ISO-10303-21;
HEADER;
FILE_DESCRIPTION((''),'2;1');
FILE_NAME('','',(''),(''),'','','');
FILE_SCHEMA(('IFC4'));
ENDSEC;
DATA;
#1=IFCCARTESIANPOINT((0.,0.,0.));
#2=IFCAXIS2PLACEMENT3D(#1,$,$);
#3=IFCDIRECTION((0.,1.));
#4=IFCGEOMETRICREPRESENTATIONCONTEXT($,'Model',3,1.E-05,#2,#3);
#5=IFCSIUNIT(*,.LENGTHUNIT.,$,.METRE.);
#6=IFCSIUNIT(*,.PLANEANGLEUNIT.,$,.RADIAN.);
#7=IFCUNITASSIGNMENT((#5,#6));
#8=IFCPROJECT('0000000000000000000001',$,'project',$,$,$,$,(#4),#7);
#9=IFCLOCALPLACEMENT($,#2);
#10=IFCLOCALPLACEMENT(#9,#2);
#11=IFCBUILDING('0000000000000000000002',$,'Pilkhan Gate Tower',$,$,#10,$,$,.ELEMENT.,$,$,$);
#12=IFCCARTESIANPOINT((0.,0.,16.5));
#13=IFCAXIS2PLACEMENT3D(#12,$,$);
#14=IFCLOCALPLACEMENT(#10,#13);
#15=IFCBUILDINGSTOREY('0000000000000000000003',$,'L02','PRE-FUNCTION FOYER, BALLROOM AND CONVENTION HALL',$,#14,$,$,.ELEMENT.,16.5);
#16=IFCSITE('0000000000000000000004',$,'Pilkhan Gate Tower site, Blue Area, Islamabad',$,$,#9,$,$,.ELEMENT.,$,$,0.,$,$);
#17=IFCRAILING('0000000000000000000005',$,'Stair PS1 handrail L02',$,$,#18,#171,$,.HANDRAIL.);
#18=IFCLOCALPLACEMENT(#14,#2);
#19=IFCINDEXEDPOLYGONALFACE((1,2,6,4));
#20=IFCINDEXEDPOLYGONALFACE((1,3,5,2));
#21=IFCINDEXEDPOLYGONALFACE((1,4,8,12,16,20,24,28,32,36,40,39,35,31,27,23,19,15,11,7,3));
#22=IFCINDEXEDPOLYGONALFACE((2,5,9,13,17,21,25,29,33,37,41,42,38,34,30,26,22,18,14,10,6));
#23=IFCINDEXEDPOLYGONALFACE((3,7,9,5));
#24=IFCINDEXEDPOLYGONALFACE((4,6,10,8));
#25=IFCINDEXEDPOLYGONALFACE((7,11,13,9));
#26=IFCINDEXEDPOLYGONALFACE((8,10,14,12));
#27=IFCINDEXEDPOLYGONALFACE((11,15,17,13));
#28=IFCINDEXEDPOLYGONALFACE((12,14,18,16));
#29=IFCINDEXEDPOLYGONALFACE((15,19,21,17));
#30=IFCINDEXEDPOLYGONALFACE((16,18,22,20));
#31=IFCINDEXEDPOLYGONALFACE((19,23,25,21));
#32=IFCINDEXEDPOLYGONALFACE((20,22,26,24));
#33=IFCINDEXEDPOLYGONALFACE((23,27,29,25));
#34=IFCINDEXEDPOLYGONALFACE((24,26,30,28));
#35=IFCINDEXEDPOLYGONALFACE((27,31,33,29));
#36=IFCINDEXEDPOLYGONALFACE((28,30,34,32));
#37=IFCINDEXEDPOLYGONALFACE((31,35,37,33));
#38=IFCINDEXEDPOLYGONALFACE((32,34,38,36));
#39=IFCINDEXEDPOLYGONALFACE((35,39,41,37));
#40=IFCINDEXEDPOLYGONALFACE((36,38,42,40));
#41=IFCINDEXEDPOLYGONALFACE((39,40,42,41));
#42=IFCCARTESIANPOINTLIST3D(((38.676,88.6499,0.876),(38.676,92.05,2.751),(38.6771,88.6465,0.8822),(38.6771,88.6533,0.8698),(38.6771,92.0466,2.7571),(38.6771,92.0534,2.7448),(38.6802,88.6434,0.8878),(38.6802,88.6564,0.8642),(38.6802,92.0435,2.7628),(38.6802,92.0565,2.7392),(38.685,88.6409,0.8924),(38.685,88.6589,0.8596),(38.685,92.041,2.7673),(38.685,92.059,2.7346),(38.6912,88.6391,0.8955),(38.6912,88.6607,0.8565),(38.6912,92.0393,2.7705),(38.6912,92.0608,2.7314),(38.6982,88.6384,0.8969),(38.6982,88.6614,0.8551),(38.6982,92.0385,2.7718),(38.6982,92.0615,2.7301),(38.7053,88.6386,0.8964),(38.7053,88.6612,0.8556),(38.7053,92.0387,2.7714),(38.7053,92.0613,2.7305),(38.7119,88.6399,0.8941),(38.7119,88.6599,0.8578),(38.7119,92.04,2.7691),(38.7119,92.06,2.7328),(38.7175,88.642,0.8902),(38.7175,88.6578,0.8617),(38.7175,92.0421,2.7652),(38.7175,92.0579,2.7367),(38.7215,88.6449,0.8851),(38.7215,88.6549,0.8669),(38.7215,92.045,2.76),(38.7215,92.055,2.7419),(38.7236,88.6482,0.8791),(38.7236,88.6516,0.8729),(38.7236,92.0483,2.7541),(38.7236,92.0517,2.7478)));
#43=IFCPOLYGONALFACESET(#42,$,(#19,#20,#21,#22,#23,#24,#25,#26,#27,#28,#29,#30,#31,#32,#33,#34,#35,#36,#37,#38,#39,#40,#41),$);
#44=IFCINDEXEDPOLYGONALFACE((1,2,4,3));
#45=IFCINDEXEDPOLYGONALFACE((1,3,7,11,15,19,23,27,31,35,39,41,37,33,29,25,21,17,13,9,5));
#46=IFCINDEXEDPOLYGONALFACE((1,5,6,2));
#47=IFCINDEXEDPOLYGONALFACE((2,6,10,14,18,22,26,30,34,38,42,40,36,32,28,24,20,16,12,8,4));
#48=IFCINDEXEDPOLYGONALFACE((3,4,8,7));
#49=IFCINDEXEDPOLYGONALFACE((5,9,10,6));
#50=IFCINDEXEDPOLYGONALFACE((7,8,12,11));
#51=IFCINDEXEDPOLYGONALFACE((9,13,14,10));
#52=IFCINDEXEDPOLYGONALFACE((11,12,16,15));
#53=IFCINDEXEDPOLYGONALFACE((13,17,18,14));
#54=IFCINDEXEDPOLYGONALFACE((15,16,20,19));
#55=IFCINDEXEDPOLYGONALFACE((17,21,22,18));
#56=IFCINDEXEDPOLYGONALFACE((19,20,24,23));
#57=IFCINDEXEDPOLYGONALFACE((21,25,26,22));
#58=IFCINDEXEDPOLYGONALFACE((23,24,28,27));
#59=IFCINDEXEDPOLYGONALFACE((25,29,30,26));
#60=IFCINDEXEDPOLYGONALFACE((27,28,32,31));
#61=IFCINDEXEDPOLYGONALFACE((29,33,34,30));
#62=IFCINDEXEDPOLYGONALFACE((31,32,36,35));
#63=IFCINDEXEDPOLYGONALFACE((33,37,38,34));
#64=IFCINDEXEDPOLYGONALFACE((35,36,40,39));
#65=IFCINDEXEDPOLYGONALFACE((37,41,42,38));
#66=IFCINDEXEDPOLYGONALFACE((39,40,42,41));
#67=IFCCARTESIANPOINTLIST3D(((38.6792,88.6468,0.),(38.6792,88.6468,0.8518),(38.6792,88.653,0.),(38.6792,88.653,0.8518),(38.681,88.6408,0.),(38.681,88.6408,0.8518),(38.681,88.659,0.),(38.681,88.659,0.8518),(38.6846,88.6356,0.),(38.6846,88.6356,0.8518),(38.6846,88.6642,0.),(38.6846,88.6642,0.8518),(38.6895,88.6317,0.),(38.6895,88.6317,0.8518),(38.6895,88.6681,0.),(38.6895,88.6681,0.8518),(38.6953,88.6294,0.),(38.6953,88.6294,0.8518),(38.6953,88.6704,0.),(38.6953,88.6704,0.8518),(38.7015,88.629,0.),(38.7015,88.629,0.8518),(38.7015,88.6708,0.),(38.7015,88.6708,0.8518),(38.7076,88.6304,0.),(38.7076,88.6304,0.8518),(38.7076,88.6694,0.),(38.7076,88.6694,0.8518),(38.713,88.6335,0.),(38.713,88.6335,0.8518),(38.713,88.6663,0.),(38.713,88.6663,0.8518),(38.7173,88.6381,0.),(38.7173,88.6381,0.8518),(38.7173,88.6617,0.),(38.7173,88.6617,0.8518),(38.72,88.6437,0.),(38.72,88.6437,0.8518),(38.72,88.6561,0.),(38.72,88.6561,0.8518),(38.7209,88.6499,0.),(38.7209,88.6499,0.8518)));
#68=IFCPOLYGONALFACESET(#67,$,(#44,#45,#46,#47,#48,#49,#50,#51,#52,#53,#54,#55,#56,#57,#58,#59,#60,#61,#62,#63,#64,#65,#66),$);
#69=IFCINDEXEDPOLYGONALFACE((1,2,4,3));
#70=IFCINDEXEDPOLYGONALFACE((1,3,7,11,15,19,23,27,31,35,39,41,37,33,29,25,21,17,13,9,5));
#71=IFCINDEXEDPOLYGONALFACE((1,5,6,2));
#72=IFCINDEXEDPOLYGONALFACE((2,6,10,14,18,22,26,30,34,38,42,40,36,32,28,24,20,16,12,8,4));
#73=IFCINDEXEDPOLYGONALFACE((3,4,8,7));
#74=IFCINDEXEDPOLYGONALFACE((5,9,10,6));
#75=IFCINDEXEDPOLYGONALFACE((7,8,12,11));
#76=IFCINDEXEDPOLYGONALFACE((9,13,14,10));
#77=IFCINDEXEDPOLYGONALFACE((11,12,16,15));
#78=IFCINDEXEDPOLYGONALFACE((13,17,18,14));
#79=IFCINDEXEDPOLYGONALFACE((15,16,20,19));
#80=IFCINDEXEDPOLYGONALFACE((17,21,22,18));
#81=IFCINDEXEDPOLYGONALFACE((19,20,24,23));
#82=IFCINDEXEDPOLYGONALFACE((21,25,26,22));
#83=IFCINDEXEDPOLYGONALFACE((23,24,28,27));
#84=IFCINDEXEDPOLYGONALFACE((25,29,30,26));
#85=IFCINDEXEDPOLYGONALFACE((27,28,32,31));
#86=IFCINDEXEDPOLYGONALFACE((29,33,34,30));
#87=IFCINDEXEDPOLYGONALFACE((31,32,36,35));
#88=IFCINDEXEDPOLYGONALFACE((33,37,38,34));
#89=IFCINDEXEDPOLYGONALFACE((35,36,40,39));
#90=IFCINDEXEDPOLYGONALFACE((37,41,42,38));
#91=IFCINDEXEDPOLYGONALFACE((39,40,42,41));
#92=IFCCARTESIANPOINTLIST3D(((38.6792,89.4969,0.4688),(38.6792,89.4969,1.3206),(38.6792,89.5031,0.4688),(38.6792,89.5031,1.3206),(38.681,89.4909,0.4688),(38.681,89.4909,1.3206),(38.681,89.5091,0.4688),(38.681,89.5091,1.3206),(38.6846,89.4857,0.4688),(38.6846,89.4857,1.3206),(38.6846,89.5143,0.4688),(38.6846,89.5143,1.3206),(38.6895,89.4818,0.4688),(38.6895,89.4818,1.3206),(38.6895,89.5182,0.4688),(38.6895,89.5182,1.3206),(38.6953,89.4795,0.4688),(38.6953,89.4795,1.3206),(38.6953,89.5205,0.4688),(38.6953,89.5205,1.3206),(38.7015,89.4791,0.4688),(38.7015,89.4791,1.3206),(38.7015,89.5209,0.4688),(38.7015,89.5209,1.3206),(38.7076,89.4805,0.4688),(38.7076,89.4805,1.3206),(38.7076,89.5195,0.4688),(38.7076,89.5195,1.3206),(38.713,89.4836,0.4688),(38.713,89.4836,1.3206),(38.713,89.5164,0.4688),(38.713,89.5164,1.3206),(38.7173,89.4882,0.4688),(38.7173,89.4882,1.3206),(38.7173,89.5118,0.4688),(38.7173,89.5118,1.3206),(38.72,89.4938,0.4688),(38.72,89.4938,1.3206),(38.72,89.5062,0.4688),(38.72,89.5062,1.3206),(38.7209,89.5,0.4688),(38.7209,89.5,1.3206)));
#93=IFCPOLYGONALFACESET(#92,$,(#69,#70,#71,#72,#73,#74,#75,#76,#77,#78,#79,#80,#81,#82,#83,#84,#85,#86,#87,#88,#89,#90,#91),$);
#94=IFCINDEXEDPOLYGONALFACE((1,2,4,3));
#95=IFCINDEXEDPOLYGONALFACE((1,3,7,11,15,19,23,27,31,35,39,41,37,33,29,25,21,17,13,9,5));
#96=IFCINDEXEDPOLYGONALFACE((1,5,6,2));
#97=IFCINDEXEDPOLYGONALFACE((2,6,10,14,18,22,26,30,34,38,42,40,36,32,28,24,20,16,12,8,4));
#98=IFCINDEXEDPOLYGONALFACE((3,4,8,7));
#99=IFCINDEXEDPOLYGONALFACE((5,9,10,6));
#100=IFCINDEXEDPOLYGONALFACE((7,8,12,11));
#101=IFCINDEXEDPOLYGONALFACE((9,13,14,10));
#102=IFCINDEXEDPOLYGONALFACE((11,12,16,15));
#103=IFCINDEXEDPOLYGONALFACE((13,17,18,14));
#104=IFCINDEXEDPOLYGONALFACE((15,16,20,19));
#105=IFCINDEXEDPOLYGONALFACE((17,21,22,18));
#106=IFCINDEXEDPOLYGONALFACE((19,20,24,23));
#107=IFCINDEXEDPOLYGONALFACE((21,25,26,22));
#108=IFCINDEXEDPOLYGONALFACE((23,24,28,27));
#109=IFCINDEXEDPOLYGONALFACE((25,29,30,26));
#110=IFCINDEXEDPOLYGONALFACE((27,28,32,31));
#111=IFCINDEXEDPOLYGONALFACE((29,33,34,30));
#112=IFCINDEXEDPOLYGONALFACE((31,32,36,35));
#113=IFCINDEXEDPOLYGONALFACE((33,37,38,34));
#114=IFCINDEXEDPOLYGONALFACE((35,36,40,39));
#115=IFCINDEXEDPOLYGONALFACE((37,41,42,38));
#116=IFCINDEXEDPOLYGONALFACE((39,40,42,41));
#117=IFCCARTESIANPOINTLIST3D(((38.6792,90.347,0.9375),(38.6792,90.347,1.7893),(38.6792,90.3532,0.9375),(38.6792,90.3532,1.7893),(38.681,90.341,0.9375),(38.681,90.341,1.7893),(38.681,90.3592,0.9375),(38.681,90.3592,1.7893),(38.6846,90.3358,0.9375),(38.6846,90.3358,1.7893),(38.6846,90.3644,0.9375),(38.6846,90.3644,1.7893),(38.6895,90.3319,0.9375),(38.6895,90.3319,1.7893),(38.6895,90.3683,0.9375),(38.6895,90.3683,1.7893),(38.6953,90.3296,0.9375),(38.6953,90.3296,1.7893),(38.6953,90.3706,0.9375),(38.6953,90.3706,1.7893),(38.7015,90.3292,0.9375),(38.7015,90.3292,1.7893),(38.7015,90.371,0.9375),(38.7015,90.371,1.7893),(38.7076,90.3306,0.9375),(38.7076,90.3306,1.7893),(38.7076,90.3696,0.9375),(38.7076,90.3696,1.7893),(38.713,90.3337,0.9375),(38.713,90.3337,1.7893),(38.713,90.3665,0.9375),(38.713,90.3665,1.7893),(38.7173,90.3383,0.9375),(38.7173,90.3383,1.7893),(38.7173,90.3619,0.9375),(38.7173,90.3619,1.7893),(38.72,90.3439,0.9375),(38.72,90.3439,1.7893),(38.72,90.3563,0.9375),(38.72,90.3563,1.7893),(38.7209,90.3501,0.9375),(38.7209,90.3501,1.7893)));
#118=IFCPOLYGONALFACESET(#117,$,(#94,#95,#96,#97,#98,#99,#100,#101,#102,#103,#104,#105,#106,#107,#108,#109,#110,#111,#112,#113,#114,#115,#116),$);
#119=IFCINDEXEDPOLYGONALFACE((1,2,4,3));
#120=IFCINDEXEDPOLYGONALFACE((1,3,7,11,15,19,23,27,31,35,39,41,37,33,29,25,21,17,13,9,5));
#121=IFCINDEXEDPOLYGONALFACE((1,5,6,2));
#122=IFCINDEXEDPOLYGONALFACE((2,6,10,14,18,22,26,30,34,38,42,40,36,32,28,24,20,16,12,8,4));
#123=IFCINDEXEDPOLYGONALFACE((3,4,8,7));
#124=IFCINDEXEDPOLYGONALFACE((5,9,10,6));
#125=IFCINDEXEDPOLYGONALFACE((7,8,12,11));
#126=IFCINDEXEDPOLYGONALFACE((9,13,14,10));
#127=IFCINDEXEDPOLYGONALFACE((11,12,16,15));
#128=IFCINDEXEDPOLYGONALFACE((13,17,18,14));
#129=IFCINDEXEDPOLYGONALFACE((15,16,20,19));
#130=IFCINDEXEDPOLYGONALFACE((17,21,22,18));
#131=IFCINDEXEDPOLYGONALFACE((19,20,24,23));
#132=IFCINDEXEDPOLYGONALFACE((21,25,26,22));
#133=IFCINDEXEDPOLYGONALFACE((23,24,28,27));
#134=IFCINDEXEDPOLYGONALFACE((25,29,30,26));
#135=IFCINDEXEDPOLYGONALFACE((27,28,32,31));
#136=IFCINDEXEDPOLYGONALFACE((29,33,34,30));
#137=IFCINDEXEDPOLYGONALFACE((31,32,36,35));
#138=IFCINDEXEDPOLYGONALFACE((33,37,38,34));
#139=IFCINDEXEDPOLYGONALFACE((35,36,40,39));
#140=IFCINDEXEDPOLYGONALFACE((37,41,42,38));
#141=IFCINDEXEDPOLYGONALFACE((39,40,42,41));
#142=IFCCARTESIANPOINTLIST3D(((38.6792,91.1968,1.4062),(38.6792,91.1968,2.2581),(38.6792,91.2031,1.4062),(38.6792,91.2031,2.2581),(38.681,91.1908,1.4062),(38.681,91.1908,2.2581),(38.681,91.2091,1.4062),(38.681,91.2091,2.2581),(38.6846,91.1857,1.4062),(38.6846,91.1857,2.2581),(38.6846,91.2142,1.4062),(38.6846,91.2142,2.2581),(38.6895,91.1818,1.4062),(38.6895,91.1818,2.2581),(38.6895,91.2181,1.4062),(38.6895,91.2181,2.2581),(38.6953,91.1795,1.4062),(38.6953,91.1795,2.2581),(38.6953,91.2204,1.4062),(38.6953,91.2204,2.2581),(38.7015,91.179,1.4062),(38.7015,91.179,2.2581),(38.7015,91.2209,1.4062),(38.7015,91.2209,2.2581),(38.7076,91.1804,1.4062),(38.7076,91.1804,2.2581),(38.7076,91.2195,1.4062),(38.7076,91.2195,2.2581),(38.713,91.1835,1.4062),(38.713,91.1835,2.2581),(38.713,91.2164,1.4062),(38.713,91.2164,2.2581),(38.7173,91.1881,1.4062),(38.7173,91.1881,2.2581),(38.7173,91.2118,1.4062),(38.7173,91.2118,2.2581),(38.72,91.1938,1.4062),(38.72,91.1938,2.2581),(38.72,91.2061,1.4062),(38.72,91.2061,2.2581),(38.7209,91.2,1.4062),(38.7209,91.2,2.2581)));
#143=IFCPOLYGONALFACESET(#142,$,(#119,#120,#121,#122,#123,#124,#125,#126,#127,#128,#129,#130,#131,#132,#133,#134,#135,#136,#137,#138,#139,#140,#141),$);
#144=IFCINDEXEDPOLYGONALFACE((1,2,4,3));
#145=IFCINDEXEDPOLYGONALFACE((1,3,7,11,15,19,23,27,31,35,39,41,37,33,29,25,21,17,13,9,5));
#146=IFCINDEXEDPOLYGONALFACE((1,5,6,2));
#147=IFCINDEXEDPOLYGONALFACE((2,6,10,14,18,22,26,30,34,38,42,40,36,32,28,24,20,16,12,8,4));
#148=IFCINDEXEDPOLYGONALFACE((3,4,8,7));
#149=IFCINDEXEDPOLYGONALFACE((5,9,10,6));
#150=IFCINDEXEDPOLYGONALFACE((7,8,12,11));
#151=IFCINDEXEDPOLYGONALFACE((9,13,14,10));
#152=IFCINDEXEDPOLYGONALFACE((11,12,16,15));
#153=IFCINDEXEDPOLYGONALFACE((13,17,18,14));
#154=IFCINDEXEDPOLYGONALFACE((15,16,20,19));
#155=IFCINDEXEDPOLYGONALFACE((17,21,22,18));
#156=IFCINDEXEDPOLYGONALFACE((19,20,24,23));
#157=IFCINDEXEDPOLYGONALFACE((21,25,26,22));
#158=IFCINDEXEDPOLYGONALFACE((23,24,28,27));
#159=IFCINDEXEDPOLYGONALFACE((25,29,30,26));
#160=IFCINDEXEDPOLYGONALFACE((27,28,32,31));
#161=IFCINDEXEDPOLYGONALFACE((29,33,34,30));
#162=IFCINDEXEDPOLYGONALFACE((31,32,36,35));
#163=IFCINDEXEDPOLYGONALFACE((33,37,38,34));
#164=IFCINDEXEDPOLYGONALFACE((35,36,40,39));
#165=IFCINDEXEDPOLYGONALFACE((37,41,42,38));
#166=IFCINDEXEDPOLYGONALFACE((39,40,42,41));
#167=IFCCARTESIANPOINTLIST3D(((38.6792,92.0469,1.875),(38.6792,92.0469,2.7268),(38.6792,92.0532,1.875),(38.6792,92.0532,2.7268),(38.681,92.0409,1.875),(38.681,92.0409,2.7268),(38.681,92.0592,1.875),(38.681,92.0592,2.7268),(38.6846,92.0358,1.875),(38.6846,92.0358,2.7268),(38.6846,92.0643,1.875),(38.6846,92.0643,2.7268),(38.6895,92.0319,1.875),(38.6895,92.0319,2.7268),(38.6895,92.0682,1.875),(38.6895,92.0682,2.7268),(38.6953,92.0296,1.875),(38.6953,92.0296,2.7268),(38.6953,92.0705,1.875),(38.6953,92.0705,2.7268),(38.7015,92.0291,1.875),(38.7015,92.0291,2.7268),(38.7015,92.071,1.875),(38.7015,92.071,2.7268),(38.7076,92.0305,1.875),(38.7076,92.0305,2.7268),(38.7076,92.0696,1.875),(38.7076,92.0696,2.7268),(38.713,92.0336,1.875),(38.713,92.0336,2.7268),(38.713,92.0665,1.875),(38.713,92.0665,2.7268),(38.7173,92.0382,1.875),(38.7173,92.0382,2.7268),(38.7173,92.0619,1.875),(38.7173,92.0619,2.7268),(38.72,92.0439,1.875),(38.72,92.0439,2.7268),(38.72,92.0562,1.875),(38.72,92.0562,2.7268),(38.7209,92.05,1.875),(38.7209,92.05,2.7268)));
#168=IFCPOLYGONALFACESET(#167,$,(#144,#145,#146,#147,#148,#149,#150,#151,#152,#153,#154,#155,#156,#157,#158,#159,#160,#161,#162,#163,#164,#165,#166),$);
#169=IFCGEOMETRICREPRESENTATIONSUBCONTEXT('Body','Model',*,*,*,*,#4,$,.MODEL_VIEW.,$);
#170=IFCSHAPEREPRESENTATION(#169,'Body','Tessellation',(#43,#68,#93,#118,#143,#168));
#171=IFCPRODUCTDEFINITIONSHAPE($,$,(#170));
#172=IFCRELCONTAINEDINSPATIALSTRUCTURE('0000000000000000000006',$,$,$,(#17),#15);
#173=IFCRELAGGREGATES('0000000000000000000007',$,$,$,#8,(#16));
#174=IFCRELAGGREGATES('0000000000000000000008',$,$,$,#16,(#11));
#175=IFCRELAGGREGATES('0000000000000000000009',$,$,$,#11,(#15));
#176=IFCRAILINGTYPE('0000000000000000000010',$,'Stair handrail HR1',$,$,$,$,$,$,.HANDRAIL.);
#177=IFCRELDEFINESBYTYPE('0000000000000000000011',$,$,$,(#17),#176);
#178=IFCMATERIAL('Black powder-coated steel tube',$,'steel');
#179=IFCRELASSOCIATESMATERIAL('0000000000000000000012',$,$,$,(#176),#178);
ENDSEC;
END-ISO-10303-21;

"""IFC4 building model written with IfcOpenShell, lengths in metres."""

from ifc_helpers import new_model, si_unit, direction, frame, origin, origin_2d, place, context, subcontext, project, spatial, circle, extrude, material, type_object, element, save


model = new_model("IFC4")

# Units and contexts
model_context = context("Model", 3, precision=1e-05, world=origin(), true_north=direction((0.0, 1.0)))
body_context = subcontext(model_context, "Body", "Model", "MODEL_VIEW")
ifc_project = project(units=[si_unit("LENGTHUNIT", "METRE"), si_unit("PLANEANGLEUNIT", "RADIAN")], contexts=[model_context])

# Site, building, storey
site_placement = place(None, origin())
site = spatial("IfcSite", under=ifc_project, at=site_placement, Name="Pilkhan Gate Tower site, Blue Area, Islamabad", CompositionType="ELEMENT", RefElevation=0.0)
building_placement = place(site_placement, origin())
building = spatial("IfcBuilding", under=site, at=building_placement, Name="Pilkhan Gate Tower", CompositionType="ELEMENT")
storey_placement = place(building_placement, frame((0.0, 0.0, 16.5)))
storey = spatial("IfcBuildingStorey", under=building, at=storey_placement, Name="L02", Description="PRE-FUNCTION FOYER, BALLROOM AND CONVENTION HALL", CompositionType="ELEMENT", Elevation=16.5)

# Railing
ifc_material_1 = material(Name="Black powder-coated steel tube", Category="steel")
railing_type = type_object("IfcRailingType", Name="Stair handrail HR1", PredefinedType="HANDRAIL", material=ifc_material_1)
railing_placement = place(storey_placement, frame((38.7, 88.6499, 0.0)))
element("IfcRailing", 1, at=railing_placement, inside=storey, type_object=railing_type, Name="Stair PS1 handrail L02", PredefinedType="HANDRAIL", context=body_context, shape_type="SweptSolid", body=[
    extrude(circle(Radius=0.0239, at=origin_2d()), frame((0.0, 0.0, 0.876), z_axis=(0.0, 0.87568, 0.482891), x_axis=(-1.0, 0.0, 0.0)), (0.0, 0.0, 1.0), 3.8828),
    extrude(circle(Radius=0.021, at=origin_2d()), origin(), (0.0, 0.0, 1.0), 0.8518),
    extrude(circle(Radius=0.021, at=origin_2d()), frame((0.0, 0.8501, 0.4688)), (0.0, 0.0, 1.0), 0.8518),
    extrude(circle(Radius=0.021, at=origin_2d()), frame((0.0, 1.7002, 0.9375)), (0.0, 0.0, 1.0), 0.8518),
    extrude(circle(Radius=0.021, at=origin_2d()), frame((0.0, 2.55, 1.4062)), (0.0, 0.0, 1.0), 0.8518),
    extrude(circle(Radius=0.021, at=origin_2d()), frame((0.0, 3.4001, 1.875)), (0.0, 0.0, 1.0), 0.8518),
])

save(model, "model.ifc")
